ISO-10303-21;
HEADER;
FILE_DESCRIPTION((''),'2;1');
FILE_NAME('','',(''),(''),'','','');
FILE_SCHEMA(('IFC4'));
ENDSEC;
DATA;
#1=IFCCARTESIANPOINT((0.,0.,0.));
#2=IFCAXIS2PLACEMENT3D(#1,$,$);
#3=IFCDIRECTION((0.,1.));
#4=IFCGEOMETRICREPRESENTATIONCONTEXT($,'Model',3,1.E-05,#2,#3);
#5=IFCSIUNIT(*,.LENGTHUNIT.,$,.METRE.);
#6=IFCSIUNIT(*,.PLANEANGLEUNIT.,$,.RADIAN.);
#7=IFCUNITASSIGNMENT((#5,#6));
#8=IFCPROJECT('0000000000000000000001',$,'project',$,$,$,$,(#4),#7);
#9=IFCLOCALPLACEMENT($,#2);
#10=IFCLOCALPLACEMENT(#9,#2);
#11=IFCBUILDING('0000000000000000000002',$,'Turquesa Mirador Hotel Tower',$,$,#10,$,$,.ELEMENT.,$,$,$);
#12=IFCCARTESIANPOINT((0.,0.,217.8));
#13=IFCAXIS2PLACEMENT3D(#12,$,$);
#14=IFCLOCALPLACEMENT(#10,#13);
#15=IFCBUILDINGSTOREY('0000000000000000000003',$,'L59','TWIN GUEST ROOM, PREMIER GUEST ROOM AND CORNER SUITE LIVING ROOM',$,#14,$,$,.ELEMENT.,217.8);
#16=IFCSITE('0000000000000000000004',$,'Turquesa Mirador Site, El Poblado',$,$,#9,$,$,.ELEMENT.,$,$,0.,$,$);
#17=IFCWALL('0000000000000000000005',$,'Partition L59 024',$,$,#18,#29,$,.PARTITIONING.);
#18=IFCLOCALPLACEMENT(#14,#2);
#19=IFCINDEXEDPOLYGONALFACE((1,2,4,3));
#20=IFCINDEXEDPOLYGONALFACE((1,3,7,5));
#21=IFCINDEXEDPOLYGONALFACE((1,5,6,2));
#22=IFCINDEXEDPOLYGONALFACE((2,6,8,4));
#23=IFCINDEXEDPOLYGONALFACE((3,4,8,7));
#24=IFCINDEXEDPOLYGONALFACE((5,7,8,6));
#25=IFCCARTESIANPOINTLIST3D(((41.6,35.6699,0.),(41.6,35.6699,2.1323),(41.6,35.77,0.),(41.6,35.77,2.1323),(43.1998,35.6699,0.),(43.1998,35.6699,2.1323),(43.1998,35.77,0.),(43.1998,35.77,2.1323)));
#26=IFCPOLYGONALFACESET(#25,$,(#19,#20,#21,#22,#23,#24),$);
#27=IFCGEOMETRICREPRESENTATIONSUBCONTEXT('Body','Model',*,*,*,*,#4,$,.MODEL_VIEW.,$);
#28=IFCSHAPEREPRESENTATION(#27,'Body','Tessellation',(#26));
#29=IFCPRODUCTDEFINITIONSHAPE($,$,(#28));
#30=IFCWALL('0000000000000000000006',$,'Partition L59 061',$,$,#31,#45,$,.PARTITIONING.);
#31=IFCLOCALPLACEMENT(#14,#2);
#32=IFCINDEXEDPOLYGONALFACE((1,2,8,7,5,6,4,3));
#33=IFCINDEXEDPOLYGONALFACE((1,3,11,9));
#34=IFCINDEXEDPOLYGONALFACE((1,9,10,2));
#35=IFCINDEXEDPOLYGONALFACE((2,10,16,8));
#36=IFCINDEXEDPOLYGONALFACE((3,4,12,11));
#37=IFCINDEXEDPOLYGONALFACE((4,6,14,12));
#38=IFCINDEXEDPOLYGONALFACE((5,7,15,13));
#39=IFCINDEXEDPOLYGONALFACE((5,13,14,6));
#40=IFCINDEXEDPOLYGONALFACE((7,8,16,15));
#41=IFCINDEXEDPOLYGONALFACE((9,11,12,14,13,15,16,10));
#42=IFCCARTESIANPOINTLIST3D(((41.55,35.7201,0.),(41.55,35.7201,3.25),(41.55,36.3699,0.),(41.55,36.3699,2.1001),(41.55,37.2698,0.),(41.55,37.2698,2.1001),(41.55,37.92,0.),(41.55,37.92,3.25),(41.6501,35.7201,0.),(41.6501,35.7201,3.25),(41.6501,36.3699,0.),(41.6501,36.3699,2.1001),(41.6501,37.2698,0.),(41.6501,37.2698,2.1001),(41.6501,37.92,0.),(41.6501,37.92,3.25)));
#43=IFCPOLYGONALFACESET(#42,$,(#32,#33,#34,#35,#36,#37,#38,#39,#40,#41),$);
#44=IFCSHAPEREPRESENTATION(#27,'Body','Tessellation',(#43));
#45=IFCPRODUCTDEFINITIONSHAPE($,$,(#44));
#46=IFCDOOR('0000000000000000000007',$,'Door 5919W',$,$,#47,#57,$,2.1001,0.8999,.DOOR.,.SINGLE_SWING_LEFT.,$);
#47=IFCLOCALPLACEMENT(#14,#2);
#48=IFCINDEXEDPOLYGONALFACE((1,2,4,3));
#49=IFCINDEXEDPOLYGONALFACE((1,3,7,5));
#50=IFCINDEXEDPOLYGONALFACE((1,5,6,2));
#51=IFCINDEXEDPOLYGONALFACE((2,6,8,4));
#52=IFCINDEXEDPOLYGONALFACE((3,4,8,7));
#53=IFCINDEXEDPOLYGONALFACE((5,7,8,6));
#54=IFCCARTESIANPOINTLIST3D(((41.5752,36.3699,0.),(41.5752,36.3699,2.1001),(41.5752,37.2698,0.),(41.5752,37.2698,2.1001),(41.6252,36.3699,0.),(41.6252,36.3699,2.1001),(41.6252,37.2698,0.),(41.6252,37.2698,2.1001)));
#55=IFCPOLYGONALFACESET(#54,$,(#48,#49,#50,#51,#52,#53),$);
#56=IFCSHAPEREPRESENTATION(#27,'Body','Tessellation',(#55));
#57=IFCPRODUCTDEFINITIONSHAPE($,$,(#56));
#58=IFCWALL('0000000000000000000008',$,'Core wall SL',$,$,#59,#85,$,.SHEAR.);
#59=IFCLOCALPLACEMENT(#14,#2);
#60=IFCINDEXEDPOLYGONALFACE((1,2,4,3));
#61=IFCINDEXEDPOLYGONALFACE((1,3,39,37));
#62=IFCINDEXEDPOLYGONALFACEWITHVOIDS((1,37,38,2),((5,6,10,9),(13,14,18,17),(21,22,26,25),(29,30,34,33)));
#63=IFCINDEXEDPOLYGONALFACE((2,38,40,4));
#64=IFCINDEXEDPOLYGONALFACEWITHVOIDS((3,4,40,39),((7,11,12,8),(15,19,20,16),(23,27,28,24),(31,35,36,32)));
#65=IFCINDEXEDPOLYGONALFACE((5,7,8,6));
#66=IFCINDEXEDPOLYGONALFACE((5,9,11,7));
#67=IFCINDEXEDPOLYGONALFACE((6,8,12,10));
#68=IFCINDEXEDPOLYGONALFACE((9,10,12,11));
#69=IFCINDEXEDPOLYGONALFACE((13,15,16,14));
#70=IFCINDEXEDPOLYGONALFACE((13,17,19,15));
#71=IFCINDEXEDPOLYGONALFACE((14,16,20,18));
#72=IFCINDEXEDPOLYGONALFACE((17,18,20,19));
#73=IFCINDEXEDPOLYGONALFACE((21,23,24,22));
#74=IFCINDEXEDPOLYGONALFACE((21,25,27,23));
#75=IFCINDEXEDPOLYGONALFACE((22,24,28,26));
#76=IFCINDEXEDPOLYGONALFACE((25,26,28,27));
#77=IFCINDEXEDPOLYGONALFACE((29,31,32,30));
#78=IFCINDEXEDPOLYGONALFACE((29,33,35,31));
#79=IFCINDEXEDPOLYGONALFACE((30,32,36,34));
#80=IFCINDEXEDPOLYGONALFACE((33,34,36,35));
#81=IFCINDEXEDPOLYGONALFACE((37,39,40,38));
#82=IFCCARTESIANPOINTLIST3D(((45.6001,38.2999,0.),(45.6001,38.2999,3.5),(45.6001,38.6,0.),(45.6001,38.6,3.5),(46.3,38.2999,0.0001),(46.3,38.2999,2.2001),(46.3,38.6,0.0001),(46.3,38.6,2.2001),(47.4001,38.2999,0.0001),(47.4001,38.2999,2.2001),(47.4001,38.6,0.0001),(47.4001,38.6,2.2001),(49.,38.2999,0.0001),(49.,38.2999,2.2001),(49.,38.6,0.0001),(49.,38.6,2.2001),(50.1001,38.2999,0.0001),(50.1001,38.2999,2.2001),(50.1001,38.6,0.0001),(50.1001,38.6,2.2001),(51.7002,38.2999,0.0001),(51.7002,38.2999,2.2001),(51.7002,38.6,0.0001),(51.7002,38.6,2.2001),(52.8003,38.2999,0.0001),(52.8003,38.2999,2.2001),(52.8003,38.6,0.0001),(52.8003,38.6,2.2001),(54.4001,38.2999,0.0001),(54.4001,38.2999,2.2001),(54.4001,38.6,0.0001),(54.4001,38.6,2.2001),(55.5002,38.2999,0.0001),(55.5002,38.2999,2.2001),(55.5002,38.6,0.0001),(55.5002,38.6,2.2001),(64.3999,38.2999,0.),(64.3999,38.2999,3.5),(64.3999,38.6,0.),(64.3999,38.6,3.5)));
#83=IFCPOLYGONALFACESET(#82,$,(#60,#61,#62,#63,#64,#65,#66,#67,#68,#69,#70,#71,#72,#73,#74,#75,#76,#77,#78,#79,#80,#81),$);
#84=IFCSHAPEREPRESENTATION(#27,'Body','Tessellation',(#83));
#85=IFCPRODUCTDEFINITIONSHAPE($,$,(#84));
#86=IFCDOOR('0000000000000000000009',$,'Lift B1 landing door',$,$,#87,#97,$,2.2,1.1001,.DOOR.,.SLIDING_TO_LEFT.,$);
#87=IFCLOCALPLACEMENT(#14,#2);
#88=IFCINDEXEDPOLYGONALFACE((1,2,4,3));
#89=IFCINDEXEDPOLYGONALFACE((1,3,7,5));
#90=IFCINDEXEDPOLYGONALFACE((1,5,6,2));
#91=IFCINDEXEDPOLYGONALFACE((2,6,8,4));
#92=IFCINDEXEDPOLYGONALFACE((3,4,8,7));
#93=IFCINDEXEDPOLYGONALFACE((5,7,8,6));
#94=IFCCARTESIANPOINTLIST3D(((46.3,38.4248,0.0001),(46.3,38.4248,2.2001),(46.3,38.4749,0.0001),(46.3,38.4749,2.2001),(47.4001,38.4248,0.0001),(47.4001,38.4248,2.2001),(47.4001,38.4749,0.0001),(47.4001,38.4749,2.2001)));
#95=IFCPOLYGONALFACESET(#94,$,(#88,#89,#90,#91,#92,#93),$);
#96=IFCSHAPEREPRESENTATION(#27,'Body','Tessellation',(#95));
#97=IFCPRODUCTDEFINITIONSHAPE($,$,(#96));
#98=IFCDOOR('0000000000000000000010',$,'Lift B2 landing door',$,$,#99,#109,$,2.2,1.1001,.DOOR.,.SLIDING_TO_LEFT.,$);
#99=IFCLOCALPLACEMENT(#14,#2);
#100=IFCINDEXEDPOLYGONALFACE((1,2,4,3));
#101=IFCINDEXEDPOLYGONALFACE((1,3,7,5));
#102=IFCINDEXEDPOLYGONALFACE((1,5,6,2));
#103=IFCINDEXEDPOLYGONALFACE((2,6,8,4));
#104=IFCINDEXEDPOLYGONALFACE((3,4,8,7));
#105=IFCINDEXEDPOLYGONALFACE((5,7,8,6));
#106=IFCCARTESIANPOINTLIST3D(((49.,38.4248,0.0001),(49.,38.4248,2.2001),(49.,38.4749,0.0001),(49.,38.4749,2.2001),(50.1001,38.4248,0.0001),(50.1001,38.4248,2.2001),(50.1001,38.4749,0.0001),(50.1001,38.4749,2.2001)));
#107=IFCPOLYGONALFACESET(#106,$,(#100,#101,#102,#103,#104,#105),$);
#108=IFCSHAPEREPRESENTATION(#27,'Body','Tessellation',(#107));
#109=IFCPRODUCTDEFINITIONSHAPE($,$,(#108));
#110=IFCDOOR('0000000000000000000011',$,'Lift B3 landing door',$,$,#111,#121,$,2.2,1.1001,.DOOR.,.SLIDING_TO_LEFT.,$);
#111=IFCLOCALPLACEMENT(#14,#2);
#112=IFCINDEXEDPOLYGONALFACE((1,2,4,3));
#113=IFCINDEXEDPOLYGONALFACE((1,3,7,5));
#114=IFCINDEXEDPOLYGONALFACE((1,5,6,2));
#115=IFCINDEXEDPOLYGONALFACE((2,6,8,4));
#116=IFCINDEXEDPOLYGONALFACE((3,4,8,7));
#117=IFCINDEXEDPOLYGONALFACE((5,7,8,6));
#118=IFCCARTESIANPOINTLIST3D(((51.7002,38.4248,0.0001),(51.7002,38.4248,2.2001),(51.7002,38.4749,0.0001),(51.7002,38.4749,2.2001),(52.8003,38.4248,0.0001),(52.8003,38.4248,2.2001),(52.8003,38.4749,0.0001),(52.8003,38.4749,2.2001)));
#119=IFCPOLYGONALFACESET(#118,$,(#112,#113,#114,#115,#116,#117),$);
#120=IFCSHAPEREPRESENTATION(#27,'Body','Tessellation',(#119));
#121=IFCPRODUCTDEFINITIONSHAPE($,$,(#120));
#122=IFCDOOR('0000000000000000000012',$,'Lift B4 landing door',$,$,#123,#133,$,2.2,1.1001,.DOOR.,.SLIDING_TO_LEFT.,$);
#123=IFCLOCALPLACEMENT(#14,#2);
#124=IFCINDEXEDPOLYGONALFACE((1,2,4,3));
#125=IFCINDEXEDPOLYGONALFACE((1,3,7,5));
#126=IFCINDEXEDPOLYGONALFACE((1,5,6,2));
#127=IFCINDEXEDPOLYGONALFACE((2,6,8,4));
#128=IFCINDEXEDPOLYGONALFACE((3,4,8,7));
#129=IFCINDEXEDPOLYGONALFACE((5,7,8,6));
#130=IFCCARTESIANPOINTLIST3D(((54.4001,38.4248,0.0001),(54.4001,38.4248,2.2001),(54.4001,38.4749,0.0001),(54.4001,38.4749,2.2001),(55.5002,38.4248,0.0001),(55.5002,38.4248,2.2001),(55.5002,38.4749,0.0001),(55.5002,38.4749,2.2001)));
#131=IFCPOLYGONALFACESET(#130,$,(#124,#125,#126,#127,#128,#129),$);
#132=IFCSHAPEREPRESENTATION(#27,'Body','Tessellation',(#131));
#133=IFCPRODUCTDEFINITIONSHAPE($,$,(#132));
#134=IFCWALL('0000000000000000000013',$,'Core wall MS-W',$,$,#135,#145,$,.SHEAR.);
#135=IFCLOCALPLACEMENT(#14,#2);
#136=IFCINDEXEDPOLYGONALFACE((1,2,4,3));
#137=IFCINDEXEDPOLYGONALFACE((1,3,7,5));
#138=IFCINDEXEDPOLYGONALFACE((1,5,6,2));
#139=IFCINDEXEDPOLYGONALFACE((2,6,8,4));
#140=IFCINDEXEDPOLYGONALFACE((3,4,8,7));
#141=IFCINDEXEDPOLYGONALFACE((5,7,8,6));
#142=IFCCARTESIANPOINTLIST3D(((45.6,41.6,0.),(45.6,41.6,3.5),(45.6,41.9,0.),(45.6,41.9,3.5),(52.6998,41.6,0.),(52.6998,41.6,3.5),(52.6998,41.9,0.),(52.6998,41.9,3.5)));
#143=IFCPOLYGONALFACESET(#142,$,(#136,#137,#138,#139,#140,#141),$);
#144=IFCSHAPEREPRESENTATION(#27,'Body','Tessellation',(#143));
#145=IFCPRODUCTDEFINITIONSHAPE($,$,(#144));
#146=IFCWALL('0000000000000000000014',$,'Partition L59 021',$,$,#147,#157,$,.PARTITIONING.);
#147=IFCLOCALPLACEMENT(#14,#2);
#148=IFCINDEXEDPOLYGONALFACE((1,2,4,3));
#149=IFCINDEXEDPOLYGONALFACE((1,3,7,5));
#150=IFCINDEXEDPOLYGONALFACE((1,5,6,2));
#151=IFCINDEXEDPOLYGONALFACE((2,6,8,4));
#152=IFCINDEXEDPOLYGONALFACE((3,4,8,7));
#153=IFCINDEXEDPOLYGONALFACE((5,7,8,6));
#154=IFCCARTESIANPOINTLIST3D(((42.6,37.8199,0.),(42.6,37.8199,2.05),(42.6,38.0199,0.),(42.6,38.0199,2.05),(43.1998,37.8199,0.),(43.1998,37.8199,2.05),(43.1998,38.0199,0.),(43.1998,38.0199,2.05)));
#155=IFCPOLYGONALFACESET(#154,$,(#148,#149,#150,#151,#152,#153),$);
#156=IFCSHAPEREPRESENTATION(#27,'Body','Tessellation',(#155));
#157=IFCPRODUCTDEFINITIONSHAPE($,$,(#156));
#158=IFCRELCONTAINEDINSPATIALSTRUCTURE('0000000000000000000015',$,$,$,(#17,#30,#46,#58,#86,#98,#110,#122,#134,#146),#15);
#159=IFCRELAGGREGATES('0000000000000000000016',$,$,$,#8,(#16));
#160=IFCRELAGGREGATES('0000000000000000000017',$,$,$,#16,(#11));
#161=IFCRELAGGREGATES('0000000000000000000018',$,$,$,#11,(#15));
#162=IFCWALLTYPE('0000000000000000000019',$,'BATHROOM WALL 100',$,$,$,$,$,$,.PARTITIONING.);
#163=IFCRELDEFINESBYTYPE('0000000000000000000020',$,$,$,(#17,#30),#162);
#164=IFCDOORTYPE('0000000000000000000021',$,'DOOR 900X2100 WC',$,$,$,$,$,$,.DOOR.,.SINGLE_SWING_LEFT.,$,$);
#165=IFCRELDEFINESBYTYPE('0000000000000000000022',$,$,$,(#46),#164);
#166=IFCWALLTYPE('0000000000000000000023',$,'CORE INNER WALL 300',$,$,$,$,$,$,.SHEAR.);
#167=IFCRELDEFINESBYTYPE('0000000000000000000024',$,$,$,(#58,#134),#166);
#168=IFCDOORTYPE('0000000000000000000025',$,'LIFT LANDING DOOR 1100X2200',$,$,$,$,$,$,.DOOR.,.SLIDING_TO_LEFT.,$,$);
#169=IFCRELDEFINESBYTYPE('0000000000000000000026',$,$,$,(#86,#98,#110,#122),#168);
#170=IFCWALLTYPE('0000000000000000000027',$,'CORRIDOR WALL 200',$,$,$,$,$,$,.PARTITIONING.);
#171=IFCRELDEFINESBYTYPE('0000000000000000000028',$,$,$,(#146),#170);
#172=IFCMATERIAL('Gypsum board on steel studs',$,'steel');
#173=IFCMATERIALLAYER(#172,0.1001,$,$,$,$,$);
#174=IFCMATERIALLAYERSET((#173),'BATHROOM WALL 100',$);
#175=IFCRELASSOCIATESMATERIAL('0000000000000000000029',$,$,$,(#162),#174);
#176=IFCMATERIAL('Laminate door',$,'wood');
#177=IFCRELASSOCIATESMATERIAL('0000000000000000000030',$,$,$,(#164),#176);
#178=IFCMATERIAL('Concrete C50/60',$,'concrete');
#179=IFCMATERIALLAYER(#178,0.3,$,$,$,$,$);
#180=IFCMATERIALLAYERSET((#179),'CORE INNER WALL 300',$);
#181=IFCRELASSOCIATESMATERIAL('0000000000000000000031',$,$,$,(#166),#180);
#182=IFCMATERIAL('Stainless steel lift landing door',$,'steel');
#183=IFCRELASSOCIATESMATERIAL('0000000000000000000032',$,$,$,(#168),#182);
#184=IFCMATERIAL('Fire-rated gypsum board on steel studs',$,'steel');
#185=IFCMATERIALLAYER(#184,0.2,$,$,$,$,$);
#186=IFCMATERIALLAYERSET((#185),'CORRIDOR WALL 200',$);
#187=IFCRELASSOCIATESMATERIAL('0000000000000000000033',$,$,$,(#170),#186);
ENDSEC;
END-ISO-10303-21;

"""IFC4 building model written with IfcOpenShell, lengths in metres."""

from ifc_helpers import new_model, si_unit, direction, frame, frame_2d, origin, place, context, subcontext, project, spatial, rectangle, extrude, material, layer, layer_set, type_object, element, fill, save


model = new_model("IFC4")

# Units and contexts
model_context = context("Model", 3, precision=1e-05, world=origin(), true_north=direction((0.0, 1.0)))
body_context = subcontext(model_context, "Body", "Model", "MODEL_VIEW")
ifc_project = project(units=[si_unit("LENGTHUNIT", "METRE"), si_unit("PLANEANGLEUNIT", "RADIAN")], contexts=[model_context])

# Site, building, storey
site_placement = place(None, origin())
site = spatial("IfcSite", under=ifc_project, at=site_placement, Name="Turquesa Mirador Site, El Poblado", CompositionType="ELEMENT", RefElevation=0.0)
building_placement = place(site_placement, origin())
building = spatial("IfcBuilding", under=site, at=building_placement, Name="Turquesa Mirador Hotel Tower", CompositionType="ELEMENT")
storey_placement = place(building_placement, frame((0.0, 0.0, 217.8)))
storey = spatial("IfcBuildingStorey", under=building, at=storey_placement, Name="L59", Description="TWIN GUEST ROOM, PREMIER GUEST ROOM AND CORNER SUITE LIVING ROOM", CompositionType="ELEMENT", Elevation=217.8)

# Wall
ifc_material_1 = material(Name="Gypsum board on steel studs", Category="steel")
ifc_layer_1 = layer(ifc_material_1, 0.1001)
ifc_layer_set_1 = layer_set([ifc_layer_1], Name="BATHROOM WALL 100")
wall_type_1 = type_object("IfcWallType", Name="BATHROOM WALL 100", PredefinedType="PARTITIONING", material=ifc_layer_set_1)
wall_1_placement = place(storey_placement, frame((41.6001, 35.72, 0.0), z_axis=(0.0, 0.0, 1.0), x_axis=(1.0, 0.0, 0.0)))
element("IfcWall", 1, at=wall_1_placement, inside=storey, type_object=wall_type_1, Name="Partition L59 024", PredefinedType="PARTITIONING", context=body_context, shape_type="SweptSolid", body=[
    extrude(rectangle(XDim=1.5999, YDim=0.1001, at=frame_2d((0.7998, 0.0))), origin(), (0.0, 0.0, 1.0), 2.1323),
])

# Wall, opening, door
wall_2_placement = place(storey_placement, frame((41.6001, 35.72, 0.0), z_axis=(0.0, 0.0, 1.0), x_axis=(0.0, 1.0, 0.0)))
wall_2 = element("IfcWall", 2, at=wall_2_placement, inside=storey, type_object=wall_type_1, Name="Partition L59 061", PredefinedType="PARTITIONING", context=body_context, shape_type="SweptSolid", body=[
    extrude(rectangle(XDim=2.2, YDim=0.1001, at=frame_2d((1.1001, 0.0))), origin(), (0.0, 0.0, 1.0), 3.25),
])
opening_1_placement = place(wall_2_placement, frame((0.6499, 0.0, 0.0)))
opening_1 = element("IfcOpeningElement", 3, at=opening_1_placement, cuts=wall_2, PredefinedType="OPENING", context=body_context, shape_type="SweptSolid", body=[
    extrude(rectangle(XDim=0.8999, YDim=2.1001, at=frame_2d((0.45, 1.05))), frame((0.0, 0.0601, 0.0), z_axis=(0.0, -1.0, 0.0), x_axis=(1.0, 0.0, 0.0)), (0.0, 0.0, 1.0), 0.1201),
])
ifc_material_2 = material(Name="Laminate door", Category="wood")
door_type_1 = type_object("IfcDoorType", Name="DOOR 900X2100 WC", OperationType="SINGLE_SWING_LEFT", PredefinedType="DOOR", material=ifc_material_2)
door_1_placement = place(opening_1_placement, origin())
door_1 = element("IfcDoor", 4, at=door_1_placement, inside=storey, type_object=door_type_1, Name="Door 5919W", OperationType="SINGLE_SWING_LEFT", OverallHeight=2.1001, OverallWidth=0.8999, PredefinedType="DOOR", context=body_context, shape_type="SweptSolid", body=[
    extrude(rectangle(XDim=0.8999, YDim=2.1001, at=frame_2d((0.45, 1.05))), frame((0.0, 0.0249, 0.0), z_axis=(0.0, -1.0, 0.0), x_axis=(1.0, 0.0, 0.0)), (0.0, 0.0, 1.0), 0.05),
])
fill(opening_1, door_1)

# Wall, openings, doors
ifc_material_3 = material(Name="Concrete C50/60", Category="concrete")
ifc_layer_2 = layer(ifc_material_3, 0.3)
ifc_layer_set_2 = layer_set([ifc_layer_2], Name="CORE INNER WALL 300")
wall_type_2 = type_object("IfcWallType", Name="CORE INNER WALL 300", PredefinedType="SHEAR", material=ifc_layer_set_2)
wall_3_placement = place(storey_placement, frame((45.6001, 38.45, 0.0), z_axis=(0.0, 0.0, 1.0), x_axis=(1.0, 0.0, 0.0)))
wall_3 = element("IfcWall", 5, at=wall_3_placement, inside=storey, type_object=wall_type_2, Name="Core wall SL", PredefinedType="SHEAR", context=body_context, shape_type="SweptSolid", body=[
    extrude(rectangle(XDim=18.7998, YDim=0.3, at=frame_2d((9.3999, 0.0))), origin(), (0.0, 0.0, 1.0), 3.5),
])
opening_2_placement = place(wall_3_placement, frame((0.7, 0.0, 0.0)))
opening_2 = element("IfcOpeningElement", 6, at=opening_2_placement, cuts=wall_3, PredefinedType="OPENING", context=body_context, shape_type="SweptSolid", body=[
    extrude(rectangle(XDim=1.1001, YDim=2.2, at=frame_2d((0.55, 1.1001))), frame((0.0, 0.1599, 0.0), z_axis=(0.0, -1.0, 0.0), x_axis=(1.0, 0.0, 0.0)), (0.0, 0.0, 1.0), 0.3201),
])
opening_3_placement = place(wall_3_placement, frame((3.3999, 0.0, 0.0)))
opening_3 = element("IfcOpeningElement", 7, at=opening_3_placement, cuts=wall_3, PredefinedType="OPENING", context=body_context, shape_type="SweptSolid", body=[
    extrude(rectangle(XDim=1.1001, YDim=2.2, at=frame_2d((0.55, 1.1001))), frame((0.0, 0.1599, 0.0), z_axis=(0.0, -1.0, 0.0), x_axis=(1.0, 0.0, 0.0)), (0.0, 0.0, 1.0), 0.3201),
])
opening_4_placement = place(wall_3_placement, frame((6.1001, 0.0, 0.0)))
opening_4 = element("IfcOpeningElement", 8, at=opening_4_placement, cuts=wall_3, PredefinedType="OPENING", context=body_context, shape_type="SweptSolid", body=[
    extrude(rectangle(XDim=1.1001, YDim=2.2, at=frame_2d((0.55, 1.1001))), frame((0.0, 0.1599, 0.0), z_axis=(0.0, -1.0, 0.0), x_axis=(1.0, 0.0, 0.0)), (0.0, 0.0, 1.0), 0.3201),
])
opening_5_placement = place(wall_3_placement, frame((8.8, 0.0, 0.0)))
opening_5 = element("IfcOpeningElement", 9, at=opening_5_placement, cuts=wall_3, PredefinedType="OPENING", context=body_context, shape_type="SweptSolid", body=[
    extrude(rectangle(XDim=1.1001, YDim=2.2, at=frame_2d((0.55, 1.1001))), frame((0.0, 0.1599, 0.0), z_axis=(0.0, -1.0, 0.0), x_axis=(1.0, 0.0, 0.0)), (0.0, 0.0, 1.0), 0.3201),
])
ifc_material_4 = material(Name="Stainless steel lift landing door", Category="steel")
door_type_2 = type_object("IfcDoorType", Name="LIFT LANDING DOOR 1100X2200", OperationType="SLIDING_TO_LEFT", PredefinedType="DOOR", material=ifc_material_4)
door_2_placement = place(opening_2_placement, origin())
door_2 = element("IfcDoor", 10, at=door_2_placement, inside=storey, type_object=door_type_2, Name="Lift B1 landing door", OperationType="SLIDING_TO_LEFT", OverallHeight=2.2, OverallWidth=1.1001, PredefinedType="DOOR", context=body_context, shape_type="SweptSolid", body=[
    extrude(rectangle(XDim=1.1001, YDim=2.2, at=frame_2d((0.55, 1.1001))), frame((0.0, 0.0249, 0.0), z_axis=(0.0, -1.0, 0.0), x_axis=(1.0, 0.0, 0.0)), (0.0, 0.0, 1.0), 0.05),
])
fill(opening_2, door_2)
door_3_placement = place(opening_3_placement, origin())
door_3 = element("IfcDoor", 11, at=door_3_placement, inside=storey, type_object=door_type_2, Name="Lift B2 landing door", OperationType="SLIDING_TO_LEFT", OverallHeight=2.2, OverallWidth=1.1001, PredefinedType="DOOR", context=body_context, shape_type="SweptSolid", body=[
    extrude(rectangle(XDim=1.1001, YDim=2.2, at=frame_2d((0.55, 1.1001))), frame((0.0, 0.0249, 0.0), z_axis=(0.0, -1.0, 0.0), x_axis=(1.0, 0.0, 0.0)), (0.0, 0.0, 1.0), 0.05),
])
fill(opening_3, door_3)
door_4_placement = place(opening_4_placement, origin())
door_4 = element("IfcDoor", 12, at=door_4_placement, inside=storey, type_object=door_type_2, Name="Lift B3 landing door", OperationType="SLIDING_TO_LEFT", OverallHeight=2.2, OverallWidth=1.1001, PredefinedType="DOOR", context=body_context, shape_type="SweptSolid", body=[
    extrude(rectangle(XDim=1.1001, YDim=2.2, at=frame_2d((0.55, 1.1001))), frame((0.0, 0.0249, 0.0), z_axis=(0.0, -1.0, 0.0), x_axis=(1.0, 0.0, 0.0)), (0.0, 0.0, 1.0), 0.05),
])
fill(opening_4, door_4)
door_5_placement = place(opening_5_placement, origin())
door_5 = element("IfcDoor", 13, at=door_5_placement, inside=storey, type_object=door_type_2, Name="Lift B4 landing door", OperationType="SLIDING_TO_LEFT", OverallHeight=2.2, OverallWidth=1.1001, PredefinedType="DOOR", context=body_context, shape_type="SweptSolid", body=[
    extrude(rectangle(XDim=1.1001, YDim=2.2, at=frame_2d((0.55, 1.1001))), frame((0.0, 0.0249, 0.0), z_axis=(0.0, -1.0, 0.0), x_axis=(1.0, 0.0, 0.0)), (0.0, 0.0, 1.0), 0.05),
])
fill(opening_5, door_5)

# Walls
wall_4_placement = place(storey_placement, frame((45.6001, 41.75, 0.0), z_axis=(0.0, 0.0, 1.0), x_axis=(1.0, 0.0, 0.0)))
element("IfcWall", 14, at=wall_4_placement, inside=storey, type_object=wall_type_2, Name="Core wall MS-W", PredefinedType="SHEAR", context=body_context, shape_type="SweptSolid", body=[
    extrude(rectangle(XDim=7.0999, YDim=0.3, at=frame_2d((3.5498, 0.0))), origin(), (0.0, 0.0, 1.0), 3.5),
])
ifc_material_5 = material(Name="Fire-rated gypsum board on steel studs", Category="steel")
ifc_layer_3 = layer(ifc_material_5, 0.2)
ifc_layer_set_3 = layer_set([ifc_layer_3], Name="CORRIDOR WALL 200")
wall_type_3 = type_object("IfcWallType", Name="CORRIDOR WALL 200", PredefinedType="PARTITIONING", material=ifc_layer_set_3)
wall_5_placement = place(storey_placement, frame((42.6001, 37.9199, 0.0), z_axis=(0.0, 0.0, 1.0), x_axis=(1.0, 0.0, 0.0)))
element("IfcWall", 15, at=wall_5_placement, inside=storey, type_object=wall_type_3, Name="Partition L59 021", PredefinedType="PARTITIONING", context=body_context, shape_type="SweptSolid", body=[
    extrude(rectangle(XDim=0.5999, YDim=0.2, at=frame_2d((0.2998, 0.0))), origin(), (0.0, 0.0, 1.0), 2.05),
])

save(model, "model.ifc")
